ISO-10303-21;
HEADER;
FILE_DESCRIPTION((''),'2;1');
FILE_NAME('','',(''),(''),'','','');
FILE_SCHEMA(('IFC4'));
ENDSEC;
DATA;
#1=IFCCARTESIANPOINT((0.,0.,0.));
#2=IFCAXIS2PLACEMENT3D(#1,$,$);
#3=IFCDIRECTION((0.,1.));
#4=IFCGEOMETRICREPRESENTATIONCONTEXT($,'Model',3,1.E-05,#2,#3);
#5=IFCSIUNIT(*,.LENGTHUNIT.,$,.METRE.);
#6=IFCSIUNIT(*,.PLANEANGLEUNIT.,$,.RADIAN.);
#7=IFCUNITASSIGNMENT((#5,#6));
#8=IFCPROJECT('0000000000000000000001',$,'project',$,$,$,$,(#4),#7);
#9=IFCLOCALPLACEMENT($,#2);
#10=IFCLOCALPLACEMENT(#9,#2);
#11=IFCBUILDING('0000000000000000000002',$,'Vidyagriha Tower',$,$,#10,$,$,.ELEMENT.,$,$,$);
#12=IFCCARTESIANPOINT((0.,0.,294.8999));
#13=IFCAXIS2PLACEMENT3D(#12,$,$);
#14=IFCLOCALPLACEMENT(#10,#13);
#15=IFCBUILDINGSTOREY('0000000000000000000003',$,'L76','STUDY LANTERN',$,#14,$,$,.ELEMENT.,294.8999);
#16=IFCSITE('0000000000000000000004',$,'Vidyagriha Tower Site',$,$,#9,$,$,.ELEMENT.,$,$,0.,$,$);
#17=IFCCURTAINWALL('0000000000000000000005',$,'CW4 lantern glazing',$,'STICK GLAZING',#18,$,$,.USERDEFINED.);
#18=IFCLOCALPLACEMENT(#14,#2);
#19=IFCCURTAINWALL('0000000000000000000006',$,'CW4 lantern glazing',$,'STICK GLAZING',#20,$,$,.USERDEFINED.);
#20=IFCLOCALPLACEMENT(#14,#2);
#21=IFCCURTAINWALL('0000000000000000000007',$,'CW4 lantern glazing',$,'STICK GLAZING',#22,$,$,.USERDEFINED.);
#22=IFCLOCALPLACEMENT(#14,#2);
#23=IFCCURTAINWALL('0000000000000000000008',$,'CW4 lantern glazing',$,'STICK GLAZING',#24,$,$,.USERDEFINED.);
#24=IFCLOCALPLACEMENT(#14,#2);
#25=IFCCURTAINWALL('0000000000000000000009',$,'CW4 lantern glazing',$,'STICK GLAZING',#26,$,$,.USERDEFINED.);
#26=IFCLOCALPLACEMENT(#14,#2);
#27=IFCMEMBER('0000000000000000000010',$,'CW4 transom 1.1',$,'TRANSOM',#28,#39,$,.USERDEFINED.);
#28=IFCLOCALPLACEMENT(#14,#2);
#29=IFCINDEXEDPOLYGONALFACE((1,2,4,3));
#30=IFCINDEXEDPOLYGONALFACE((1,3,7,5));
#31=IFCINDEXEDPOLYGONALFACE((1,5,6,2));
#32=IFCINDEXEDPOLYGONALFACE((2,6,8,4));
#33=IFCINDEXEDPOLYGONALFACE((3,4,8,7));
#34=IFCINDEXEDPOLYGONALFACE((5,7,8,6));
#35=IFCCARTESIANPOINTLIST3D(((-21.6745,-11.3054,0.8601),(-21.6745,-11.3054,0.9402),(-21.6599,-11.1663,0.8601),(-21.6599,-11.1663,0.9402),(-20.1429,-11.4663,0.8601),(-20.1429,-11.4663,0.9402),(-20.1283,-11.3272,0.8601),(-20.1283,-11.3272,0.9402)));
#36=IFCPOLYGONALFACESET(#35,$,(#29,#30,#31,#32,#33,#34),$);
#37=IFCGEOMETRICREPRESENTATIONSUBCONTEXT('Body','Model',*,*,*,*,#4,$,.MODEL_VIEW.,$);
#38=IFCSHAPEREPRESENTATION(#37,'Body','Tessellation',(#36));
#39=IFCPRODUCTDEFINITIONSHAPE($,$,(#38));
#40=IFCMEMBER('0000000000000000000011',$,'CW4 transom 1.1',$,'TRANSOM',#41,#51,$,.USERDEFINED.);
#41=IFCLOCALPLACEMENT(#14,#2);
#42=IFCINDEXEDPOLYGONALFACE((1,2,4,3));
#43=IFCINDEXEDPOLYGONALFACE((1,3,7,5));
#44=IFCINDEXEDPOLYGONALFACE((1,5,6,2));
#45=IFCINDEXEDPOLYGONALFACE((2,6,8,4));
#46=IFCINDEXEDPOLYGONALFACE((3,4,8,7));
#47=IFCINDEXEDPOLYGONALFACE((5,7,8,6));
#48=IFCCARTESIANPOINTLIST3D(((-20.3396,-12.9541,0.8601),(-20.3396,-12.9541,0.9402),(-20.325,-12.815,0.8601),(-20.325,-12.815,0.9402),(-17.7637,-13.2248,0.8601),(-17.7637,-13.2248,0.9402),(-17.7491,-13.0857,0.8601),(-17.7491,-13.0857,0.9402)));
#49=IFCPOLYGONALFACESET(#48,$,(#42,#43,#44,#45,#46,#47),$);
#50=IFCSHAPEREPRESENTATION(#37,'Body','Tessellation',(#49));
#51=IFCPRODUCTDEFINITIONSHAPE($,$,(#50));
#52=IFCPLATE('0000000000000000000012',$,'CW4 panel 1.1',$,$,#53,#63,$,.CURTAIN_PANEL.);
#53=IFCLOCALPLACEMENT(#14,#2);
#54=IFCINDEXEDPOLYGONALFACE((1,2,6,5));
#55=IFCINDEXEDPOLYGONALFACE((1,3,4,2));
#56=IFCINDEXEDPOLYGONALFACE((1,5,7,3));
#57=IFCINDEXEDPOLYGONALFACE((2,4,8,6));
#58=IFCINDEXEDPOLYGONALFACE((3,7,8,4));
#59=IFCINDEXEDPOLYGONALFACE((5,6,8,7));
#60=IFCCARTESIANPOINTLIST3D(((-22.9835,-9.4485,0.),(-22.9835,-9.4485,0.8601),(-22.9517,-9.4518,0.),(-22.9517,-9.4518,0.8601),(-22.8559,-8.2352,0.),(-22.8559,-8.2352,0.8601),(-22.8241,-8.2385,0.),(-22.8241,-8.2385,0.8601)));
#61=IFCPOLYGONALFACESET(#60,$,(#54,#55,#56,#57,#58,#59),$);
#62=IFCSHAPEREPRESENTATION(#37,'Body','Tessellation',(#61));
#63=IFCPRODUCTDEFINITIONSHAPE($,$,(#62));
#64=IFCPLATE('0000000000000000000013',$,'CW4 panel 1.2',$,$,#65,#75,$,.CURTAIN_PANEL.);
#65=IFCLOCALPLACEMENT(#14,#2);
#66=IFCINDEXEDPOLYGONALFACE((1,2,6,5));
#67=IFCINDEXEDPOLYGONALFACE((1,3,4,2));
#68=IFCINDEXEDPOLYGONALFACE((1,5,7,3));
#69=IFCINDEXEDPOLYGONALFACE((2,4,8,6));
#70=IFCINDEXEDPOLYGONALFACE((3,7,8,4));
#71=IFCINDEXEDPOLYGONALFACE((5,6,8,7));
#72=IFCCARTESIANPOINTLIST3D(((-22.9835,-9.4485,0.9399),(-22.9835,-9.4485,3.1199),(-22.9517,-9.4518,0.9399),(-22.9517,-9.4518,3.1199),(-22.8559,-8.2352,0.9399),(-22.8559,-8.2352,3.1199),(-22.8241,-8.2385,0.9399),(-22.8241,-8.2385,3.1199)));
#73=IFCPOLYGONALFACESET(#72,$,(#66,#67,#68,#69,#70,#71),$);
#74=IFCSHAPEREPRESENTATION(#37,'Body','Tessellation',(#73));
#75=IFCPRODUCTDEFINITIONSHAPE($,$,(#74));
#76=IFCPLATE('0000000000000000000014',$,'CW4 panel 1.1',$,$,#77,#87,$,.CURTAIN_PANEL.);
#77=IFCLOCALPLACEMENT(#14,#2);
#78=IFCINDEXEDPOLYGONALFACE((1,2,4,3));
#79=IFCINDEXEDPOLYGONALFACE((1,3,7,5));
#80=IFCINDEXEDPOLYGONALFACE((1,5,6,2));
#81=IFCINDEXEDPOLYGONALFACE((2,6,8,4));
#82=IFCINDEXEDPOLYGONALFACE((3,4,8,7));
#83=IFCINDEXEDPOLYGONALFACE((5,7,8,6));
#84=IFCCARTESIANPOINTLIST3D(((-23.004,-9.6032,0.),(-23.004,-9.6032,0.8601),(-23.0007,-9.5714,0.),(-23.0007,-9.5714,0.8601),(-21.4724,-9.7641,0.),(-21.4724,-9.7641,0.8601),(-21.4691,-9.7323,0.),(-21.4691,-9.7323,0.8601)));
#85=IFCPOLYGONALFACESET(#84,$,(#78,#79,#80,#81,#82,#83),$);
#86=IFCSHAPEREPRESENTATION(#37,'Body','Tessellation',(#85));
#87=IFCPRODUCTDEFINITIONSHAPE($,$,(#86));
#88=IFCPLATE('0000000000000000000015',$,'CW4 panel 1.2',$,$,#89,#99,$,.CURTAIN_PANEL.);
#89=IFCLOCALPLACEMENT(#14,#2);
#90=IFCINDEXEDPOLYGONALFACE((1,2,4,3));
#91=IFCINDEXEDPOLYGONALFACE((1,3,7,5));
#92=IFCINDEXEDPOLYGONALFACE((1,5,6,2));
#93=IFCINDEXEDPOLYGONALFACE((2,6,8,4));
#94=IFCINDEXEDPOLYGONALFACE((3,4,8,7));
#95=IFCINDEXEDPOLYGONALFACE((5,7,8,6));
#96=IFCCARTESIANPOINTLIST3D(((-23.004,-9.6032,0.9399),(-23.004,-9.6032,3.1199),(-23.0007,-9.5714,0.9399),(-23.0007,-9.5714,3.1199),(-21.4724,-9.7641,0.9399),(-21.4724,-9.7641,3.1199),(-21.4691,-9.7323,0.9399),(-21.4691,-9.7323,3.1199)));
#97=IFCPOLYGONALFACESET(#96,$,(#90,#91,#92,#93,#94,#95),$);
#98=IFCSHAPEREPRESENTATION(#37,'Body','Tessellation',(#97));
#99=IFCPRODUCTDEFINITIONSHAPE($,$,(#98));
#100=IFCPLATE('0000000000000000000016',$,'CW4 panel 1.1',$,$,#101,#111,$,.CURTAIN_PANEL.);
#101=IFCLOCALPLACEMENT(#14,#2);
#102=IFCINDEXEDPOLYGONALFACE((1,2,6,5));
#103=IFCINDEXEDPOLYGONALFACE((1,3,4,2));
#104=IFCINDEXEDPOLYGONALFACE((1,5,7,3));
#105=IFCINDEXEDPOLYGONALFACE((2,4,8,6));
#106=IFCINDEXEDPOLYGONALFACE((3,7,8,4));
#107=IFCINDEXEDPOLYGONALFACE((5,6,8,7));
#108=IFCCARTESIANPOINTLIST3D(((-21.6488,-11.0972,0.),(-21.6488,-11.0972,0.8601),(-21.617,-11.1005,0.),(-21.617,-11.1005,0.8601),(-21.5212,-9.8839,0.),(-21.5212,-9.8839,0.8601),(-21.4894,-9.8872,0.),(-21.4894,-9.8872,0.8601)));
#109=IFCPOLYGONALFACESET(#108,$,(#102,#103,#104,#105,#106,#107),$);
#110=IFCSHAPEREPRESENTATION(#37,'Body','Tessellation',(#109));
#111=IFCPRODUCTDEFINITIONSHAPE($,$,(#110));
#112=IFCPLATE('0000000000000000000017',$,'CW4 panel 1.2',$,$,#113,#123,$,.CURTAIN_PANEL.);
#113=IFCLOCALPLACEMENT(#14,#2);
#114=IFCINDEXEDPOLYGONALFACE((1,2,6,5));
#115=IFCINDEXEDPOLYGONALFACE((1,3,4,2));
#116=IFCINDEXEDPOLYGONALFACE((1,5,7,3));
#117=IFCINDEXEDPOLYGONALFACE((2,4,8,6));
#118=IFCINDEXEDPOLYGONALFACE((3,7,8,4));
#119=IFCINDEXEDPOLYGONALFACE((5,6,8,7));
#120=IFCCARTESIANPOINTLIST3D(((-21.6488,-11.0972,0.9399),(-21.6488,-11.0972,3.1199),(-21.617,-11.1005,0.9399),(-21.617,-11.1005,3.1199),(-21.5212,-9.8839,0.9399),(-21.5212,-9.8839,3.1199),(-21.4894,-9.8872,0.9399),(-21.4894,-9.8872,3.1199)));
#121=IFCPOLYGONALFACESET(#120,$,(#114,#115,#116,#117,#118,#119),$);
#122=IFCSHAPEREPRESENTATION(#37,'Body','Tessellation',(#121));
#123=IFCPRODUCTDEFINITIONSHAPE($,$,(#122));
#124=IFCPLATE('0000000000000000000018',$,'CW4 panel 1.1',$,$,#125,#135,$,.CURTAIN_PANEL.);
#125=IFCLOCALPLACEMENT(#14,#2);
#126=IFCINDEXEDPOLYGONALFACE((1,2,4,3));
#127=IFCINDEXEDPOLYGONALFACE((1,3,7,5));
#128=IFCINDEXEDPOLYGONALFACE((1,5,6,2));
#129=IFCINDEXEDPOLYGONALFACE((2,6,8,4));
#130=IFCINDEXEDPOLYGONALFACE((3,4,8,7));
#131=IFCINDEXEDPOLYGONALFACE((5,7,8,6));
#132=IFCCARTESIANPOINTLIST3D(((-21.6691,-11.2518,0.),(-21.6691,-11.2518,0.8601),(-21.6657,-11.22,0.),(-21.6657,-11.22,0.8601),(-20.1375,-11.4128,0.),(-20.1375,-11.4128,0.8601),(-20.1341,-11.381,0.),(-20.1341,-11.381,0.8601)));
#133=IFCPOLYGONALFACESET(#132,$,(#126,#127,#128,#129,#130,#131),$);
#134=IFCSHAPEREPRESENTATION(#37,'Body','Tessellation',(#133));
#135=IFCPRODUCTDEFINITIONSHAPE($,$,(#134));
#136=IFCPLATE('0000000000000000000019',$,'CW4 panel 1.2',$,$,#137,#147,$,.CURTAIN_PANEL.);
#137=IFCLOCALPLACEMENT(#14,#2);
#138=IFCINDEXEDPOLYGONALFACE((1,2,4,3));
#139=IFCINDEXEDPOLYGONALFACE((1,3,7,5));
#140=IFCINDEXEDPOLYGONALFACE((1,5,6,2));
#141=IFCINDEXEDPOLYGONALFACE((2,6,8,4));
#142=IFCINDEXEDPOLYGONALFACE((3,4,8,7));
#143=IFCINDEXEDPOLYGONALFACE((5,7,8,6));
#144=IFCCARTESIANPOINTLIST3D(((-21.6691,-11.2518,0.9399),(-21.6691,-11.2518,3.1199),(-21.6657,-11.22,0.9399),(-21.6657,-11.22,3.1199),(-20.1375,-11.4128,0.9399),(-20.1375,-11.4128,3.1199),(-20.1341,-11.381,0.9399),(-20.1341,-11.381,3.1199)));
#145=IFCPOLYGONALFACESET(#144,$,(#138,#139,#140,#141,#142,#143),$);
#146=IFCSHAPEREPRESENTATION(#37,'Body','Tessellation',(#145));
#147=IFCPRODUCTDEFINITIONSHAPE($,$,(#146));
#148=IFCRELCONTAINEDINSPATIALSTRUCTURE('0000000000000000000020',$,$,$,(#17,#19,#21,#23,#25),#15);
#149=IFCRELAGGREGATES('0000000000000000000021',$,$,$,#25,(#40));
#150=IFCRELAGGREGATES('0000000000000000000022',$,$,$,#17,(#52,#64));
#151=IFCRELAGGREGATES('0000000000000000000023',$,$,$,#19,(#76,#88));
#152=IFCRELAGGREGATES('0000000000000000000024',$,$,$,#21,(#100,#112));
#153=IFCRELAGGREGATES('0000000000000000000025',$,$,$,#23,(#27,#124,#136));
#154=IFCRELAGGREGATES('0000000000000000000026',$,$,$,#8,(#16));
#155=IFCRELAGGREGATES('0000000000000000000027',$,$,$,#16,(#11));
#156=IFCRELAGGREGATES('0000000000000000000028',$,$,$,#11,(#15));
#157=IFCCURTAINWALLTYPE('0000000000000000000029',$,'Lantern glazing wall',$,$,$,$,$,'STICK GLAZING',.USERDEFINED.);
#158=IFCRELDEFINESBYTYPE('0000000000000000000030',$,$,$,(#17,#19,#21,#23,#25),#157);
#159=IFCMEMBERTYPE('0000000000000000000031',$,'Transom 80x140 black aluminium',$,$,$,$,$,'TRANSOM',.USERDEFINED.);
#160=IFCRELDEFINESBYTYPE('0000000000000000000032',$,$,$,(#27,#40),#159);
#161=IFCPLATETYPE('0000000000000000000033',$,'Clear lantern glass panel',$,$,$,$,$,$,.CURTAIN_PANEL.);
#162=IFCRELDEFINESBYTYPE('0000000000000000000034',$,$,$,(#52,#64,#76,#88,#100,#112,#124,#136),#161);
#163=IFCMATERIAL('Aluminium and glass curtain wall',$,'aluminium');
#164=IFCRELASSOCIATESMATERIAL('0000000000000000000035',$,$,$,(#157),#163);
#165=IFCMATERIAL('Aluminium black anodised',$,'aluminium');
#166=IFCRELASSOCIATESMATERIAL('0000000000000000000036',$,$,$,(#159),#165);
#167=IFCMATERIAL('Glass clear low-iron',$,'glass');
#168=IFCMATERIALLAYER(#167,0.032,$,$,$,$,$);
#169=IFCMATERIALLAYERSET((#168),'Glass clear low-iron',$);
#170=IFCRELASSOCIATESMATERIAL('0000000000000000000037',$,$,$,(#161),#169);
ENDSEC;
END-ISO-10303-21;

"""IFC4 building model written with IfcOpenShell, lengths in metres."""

from ifc_helpers import new_model, si_unit, direction, frame, origin, origin_2d, place, context, subcontext, project, spatial, rectangle, extrude, material, layer, layer_set, material_profile, profile_set, type_object, element, aggregate, save


model = new_model("IFC4")

# Units and contexts
model_context = context("Model", 3, precision=1e-05, world=origin(), true_north=direction((0.0, 1.0)))
body_context = subcontext(model_context, "Body", "Model", "MODEL_VIEW")
ifc_project = project(units=[si_unit("LENGTHUNIT", "METRE"), si_unit("PLANEANGLEUNIT", "RADIAN")], contexts=[model_context])

# Site, building, storey
site_placement = place(None, origin())
site = spatial("IfcSite", under=ifc_project, at=site_placement, Name="Vidyagriha Tower Site", CompositionType="ELEMENT", RefElevation=0.0)
building_placement = place(site_placement, origin())
building = spatial("IfcBuilding", under=site, at=building_placement, Name="Vidyagriha Tower", CompositionType="ELEMENT")
storey_placement = place(building_placement, frame((0.0, 0.0, 294.8999)))
storey = spatial("IfcBuildingStorey", under=building, at=storey_placement, Name="L76", Description="STUDY LANTERN", CompositionType="ELEMENT", Elevation=294.8999)

# Curtain wall
ifc_material_1 = material(Name="Aluminium and glass curtain wall", Category="aluminium")
curtain_wall_type = type_object("IfcCurtainWallType", Name="Lantern glazing wall", ElementType="STICK GLAZING", PredefinedType="USERDEFINED", material=ifc_material_1)
curtain_wall_1_placement = place(storey_placement, origin())
curtain_wall_1 = element("IfcCurtainWall", 1, at=curtain_wall_1_placement, inside=storey, type_object=curtain_wall_type, Name="CW4 lantern glazing", ObjectType="STICK GLAZING", PredefinedType="USERDEFINED")

# Curtain walls
curtain_wall_2_placement = place(storey_placement, origin())
curtain_wall_2 = element("IfcCurtainWall", 2, at=curtain_wall_2_placement, inside=storey, type_object=curtain_wall_type, Name="CW4 lantern glazing", ObjectType="STICK GLAZING", PredefinedType="USERDEFINED")
curtain_wall_3_placement = place(storey_placement, origin())
curtain_wall_3 = element("IfcCurtainWall", 3, at=curtain_wall_3_placement, inside=storey, type_object=curtain_wall_type, Name="CW4 lantern glazing", ObjectType="STICK GLAZING", PredefinedType="USERDEFINED")

# Curtain walls
curtain_wall_4_placement = place(storey_placement, origin())
curtain_wall_4 = element("IfcCurtainWall", 4, at=curtain_wall_4_placement, inside=storey, type_object=curtain_wall_type, Name="CW4 lantern glazing", ObjectType="STICK GLAZING", PredefinedType="USERDEFINED")
curtain_wall_5_placement = place(storey_placement, origin())
curtain_wall_5 = element("IfcCurtainWall", 5, at=curtain_wall_5_placement, inside=storey, type_object=curtain_wall_type, Name="CW4 lantern glazing", ObjectType="STICK GLAZING", PredefinedType="USERDEFINED")

# Members
ifc_material_2 = material(Name="Aluminium black anodised", Category="aluminium")
ifc_material_profile_1 = material_profile(ifc_material_2, rectangle(XDim=0.1399, YDim=0.0801, at=origin_2d()), Name="Transom 80x140 black aluminium")
ifc_profile_set_1 = profile_set([ifc_material_profile_1], Name="Aluminium black anodised")
member_type_1 = type_object("IfcMemberType", Name="Transom 80x140 black aluminium", ElementType="TRANSOM", PredefinedType="USERDEFINED", material=ifc_profile_set_1)
member_1_placement = place(storey_placement, frame((-21.6672, -11.2358, 0.9001), z_axis=(0.994527, -0.104478, 0.0), x_axis=(0.104478, 0.994527, 0.0)))
member_1 = element("IfcMember", 6, at=member_1_placement, type_object=member_type_1, Name="CW4 transom 1.1", ObjectType="TRANSOM", PredefinedType="USERDEFINED", context=body_context, shape_type="SweptSolid", body=[
    extrude(rectangle(XDim=0.1399, YDim=0.0801, at=origin_2d()), origin(), (0.0, 0.0, 1.0), 1.54),
])
member_2_placement = place(storey_placement, frame((-20.3323, -12.8845, 0.9001), z_axis=(0.994521, -0.104533, 0.0), x_axis=(0.104533, 0.994521, 0.0)))
member_2 = element("IfcMember", 7, at=member_2_placement, type_object=member_type_1, Name="CW4 transom 1.1", ObjectType="TRANSOM", PredefinedType="USERDEFINED", context=body_context, shape_type="SweptSolid", body=[
    extrude(rectangle(XDim=0.1399, YDim=0.0801, at=origin_2d()), origin(), (0.0, 0.0, 1.0), 2.5901),
])
aggregate(curtain_wall_5, [member_2])

# Plates
ifc_material_3 = material(Name="Glass clear low-iron", Category="glass")
ifc_layer = layer(ifc_material_3, 0.032)
ifc_layer_set = layer_set([ifc_layer], Name="Glass clear low-iron")
plate_type = type_object("IfcPlateType", Name="Clear lantern glass panel", PredefinedType="CURTAIN_PANEL", material=ifc_layer_set)
plate_1_placement = place(storey_placement, frame((-22.9038, -8.8435, 0.0), z_axis=(0.0, 0.0, 1.0), x_axis=(-0.104557, -0.994519, 0.0)))
plate_1 = element("IfcPlate", 8, at=plate_1_placement, type_object=plate_type, Name="CW4 panel 1.1", PredefinedType="CURTAIN_PANEL", context=body_context, shape_type="SweptSolid", body=[
    extrude(rectangle(XDim=1.22, YDim=0.032, at=origin_2d()), origin(), (0.0, 0.0, 1.0), 0.8601),
])
plate_2_placement = place(storey_placement, frame((-22.9038, -8.8435, 0.9399), z_axis=(0.0, 0.0, 1.0), x_axis=(-0.104557, -0.994519, 0.0)))
plate_2 = element("IfcPlate", 9, at=plate_2_placement, type_object=plate_type, Name="CW4 panel 1.2", PredefinedType="CURTAIN_PANEL", context=body_context, shape_type="SweptSolid", body=[
    extrude(rectangle(XDim=1.22, YDim=0.032, at=origin_2d()), origin(), (0.0, 0.0, 1.0), 2.1799),
])
aggregate(curtain_wall_1, [plate_1, plate_2])
plate_3_placement = place(storey_placement, frame((-22.2366, -9.6677, 0.0), z_axis=(0.0, 0.0, 1.0), x_axis=(0.994529, -0.104459, 0.0)))
plate_3 = element("IfcPlate", 10, at=plate_3_placement, type_object=plate_type, Name="CW4 panel 1.1", PredefinedType="CURTAIN_PANEL", context=body_context, shape_type="SweptSolid", body=[
    extrude(rectangle(XDim=1.54, YDim=0.032, at=origin_2d()), origin(), (0.0, 0.0, 1.0), 0.8601),
])
plate_4_placement = place(storey_placement, frame((-22.2366, -9.6677, 0.9399), z_axis=(0.0, 0.0, 1.0), x_axis=(0.994529, -0.104459, 0.0)))
plate_4 = element("IfcPlate", 11, at=plate_4_placement, type_object=plate_type, Name="CW4 panel 1.2", PredefinedType="CURTAIN_PANEL", context=body_context, shape_type="SweptSolid", body=[
    extrude(rectangle(XDim=1.54, YDim=0.032, at=origin_2d()), origin(), (0.0, 0.0, 1.0), 2.1799),
])
aggregate(curtain_wall_2, [plate_3, plate_4])
plate_5_placement = place(storey_placement, frame((-21.5691, -10.4922, 0.0), z_axis=(0.0, 0.0, 1.0), x_axis=(-0.104549, -0.99452, 0.0)))
plate_5 = element("IfcPlate", 12, at=plate_5_placement, type_object=plate_type, Name="CW4 panel 1.1", PredefinedType="CURTAIN_PANEL", context=body_context, shape_type="SweptSolid", body=[
    extrude(rectangle(XDim=1.22, YDim=0.032, at=origin_2d()), origin(), (0.0, 0.0, 1.0), 0.8601),
])
plate_6_placement = place(storey_placement, frame((-21.5691, -10.4922, 0.9399), z_axis=(0.0, 0.0, 1.0), x_axis=(-0.104549, -0.99452, 0.0)))
plate_6 = element("IfcPlate", 13, at=plate_6_placement, type_object=plate_type, Name="CW4 panel 1.2", PredefinedType="CURTAIN_PANEL", context=body_context, shape_type="SweptSolid", body=[
    extrude(rectangle(XDim=1.22, YDim=0.032, at=origin_2d()), origin(), (0.0, 0.0, 1.0), 2.1799),
])
aggregate(curtain_wall_3, [plate_5, plate_6])
plate_7_placement = place(storey_placement, frame((-20.9016, -11.3164, 0.0), z_axis=(0.0, 0.0, 1.0), x_axis=(0.994523, -0.104519, 0.0)))
plate_7 = element("IfcPlate", 14, at=plate_7_placement, type_object=plate_type, Name="CW4 panel 1.1", PredefinedType="CURTAIN_PANEL", context=body_context, shape_type="SweptSolid", body=[
    extrude(rectangle(XDim=1.54, YDim=0.032, at=origin_2d()), origin(), (0.0, 0.0, 1.0), 0.8601),
])
plate_8_placement = place(storey_placement, frame((-20.9016, -11.3164, 0.9399), z_axis=(0.0, 0.0, 1.0), x_axis=(0.994523, -0.104519, 0.0)))
plate_8 = element("IfcPlate", 15, at=plate_8_placement, type_object=plate_type, Name="CW4 panel 1.2", PredefinedType="CURTAIN_PANEL", context=body_context, shape_type="SweptSolid", body=[
    extrude(rectangle(XDim=1.54, YDim=0.032, at=origin_2d()), origin(), (0.0, 0.0, 1.0), 2.1799),
])
aggregate(curtain_wall_4, [member_1, plate_7, plate_8])

save(model, "model.ifc")
